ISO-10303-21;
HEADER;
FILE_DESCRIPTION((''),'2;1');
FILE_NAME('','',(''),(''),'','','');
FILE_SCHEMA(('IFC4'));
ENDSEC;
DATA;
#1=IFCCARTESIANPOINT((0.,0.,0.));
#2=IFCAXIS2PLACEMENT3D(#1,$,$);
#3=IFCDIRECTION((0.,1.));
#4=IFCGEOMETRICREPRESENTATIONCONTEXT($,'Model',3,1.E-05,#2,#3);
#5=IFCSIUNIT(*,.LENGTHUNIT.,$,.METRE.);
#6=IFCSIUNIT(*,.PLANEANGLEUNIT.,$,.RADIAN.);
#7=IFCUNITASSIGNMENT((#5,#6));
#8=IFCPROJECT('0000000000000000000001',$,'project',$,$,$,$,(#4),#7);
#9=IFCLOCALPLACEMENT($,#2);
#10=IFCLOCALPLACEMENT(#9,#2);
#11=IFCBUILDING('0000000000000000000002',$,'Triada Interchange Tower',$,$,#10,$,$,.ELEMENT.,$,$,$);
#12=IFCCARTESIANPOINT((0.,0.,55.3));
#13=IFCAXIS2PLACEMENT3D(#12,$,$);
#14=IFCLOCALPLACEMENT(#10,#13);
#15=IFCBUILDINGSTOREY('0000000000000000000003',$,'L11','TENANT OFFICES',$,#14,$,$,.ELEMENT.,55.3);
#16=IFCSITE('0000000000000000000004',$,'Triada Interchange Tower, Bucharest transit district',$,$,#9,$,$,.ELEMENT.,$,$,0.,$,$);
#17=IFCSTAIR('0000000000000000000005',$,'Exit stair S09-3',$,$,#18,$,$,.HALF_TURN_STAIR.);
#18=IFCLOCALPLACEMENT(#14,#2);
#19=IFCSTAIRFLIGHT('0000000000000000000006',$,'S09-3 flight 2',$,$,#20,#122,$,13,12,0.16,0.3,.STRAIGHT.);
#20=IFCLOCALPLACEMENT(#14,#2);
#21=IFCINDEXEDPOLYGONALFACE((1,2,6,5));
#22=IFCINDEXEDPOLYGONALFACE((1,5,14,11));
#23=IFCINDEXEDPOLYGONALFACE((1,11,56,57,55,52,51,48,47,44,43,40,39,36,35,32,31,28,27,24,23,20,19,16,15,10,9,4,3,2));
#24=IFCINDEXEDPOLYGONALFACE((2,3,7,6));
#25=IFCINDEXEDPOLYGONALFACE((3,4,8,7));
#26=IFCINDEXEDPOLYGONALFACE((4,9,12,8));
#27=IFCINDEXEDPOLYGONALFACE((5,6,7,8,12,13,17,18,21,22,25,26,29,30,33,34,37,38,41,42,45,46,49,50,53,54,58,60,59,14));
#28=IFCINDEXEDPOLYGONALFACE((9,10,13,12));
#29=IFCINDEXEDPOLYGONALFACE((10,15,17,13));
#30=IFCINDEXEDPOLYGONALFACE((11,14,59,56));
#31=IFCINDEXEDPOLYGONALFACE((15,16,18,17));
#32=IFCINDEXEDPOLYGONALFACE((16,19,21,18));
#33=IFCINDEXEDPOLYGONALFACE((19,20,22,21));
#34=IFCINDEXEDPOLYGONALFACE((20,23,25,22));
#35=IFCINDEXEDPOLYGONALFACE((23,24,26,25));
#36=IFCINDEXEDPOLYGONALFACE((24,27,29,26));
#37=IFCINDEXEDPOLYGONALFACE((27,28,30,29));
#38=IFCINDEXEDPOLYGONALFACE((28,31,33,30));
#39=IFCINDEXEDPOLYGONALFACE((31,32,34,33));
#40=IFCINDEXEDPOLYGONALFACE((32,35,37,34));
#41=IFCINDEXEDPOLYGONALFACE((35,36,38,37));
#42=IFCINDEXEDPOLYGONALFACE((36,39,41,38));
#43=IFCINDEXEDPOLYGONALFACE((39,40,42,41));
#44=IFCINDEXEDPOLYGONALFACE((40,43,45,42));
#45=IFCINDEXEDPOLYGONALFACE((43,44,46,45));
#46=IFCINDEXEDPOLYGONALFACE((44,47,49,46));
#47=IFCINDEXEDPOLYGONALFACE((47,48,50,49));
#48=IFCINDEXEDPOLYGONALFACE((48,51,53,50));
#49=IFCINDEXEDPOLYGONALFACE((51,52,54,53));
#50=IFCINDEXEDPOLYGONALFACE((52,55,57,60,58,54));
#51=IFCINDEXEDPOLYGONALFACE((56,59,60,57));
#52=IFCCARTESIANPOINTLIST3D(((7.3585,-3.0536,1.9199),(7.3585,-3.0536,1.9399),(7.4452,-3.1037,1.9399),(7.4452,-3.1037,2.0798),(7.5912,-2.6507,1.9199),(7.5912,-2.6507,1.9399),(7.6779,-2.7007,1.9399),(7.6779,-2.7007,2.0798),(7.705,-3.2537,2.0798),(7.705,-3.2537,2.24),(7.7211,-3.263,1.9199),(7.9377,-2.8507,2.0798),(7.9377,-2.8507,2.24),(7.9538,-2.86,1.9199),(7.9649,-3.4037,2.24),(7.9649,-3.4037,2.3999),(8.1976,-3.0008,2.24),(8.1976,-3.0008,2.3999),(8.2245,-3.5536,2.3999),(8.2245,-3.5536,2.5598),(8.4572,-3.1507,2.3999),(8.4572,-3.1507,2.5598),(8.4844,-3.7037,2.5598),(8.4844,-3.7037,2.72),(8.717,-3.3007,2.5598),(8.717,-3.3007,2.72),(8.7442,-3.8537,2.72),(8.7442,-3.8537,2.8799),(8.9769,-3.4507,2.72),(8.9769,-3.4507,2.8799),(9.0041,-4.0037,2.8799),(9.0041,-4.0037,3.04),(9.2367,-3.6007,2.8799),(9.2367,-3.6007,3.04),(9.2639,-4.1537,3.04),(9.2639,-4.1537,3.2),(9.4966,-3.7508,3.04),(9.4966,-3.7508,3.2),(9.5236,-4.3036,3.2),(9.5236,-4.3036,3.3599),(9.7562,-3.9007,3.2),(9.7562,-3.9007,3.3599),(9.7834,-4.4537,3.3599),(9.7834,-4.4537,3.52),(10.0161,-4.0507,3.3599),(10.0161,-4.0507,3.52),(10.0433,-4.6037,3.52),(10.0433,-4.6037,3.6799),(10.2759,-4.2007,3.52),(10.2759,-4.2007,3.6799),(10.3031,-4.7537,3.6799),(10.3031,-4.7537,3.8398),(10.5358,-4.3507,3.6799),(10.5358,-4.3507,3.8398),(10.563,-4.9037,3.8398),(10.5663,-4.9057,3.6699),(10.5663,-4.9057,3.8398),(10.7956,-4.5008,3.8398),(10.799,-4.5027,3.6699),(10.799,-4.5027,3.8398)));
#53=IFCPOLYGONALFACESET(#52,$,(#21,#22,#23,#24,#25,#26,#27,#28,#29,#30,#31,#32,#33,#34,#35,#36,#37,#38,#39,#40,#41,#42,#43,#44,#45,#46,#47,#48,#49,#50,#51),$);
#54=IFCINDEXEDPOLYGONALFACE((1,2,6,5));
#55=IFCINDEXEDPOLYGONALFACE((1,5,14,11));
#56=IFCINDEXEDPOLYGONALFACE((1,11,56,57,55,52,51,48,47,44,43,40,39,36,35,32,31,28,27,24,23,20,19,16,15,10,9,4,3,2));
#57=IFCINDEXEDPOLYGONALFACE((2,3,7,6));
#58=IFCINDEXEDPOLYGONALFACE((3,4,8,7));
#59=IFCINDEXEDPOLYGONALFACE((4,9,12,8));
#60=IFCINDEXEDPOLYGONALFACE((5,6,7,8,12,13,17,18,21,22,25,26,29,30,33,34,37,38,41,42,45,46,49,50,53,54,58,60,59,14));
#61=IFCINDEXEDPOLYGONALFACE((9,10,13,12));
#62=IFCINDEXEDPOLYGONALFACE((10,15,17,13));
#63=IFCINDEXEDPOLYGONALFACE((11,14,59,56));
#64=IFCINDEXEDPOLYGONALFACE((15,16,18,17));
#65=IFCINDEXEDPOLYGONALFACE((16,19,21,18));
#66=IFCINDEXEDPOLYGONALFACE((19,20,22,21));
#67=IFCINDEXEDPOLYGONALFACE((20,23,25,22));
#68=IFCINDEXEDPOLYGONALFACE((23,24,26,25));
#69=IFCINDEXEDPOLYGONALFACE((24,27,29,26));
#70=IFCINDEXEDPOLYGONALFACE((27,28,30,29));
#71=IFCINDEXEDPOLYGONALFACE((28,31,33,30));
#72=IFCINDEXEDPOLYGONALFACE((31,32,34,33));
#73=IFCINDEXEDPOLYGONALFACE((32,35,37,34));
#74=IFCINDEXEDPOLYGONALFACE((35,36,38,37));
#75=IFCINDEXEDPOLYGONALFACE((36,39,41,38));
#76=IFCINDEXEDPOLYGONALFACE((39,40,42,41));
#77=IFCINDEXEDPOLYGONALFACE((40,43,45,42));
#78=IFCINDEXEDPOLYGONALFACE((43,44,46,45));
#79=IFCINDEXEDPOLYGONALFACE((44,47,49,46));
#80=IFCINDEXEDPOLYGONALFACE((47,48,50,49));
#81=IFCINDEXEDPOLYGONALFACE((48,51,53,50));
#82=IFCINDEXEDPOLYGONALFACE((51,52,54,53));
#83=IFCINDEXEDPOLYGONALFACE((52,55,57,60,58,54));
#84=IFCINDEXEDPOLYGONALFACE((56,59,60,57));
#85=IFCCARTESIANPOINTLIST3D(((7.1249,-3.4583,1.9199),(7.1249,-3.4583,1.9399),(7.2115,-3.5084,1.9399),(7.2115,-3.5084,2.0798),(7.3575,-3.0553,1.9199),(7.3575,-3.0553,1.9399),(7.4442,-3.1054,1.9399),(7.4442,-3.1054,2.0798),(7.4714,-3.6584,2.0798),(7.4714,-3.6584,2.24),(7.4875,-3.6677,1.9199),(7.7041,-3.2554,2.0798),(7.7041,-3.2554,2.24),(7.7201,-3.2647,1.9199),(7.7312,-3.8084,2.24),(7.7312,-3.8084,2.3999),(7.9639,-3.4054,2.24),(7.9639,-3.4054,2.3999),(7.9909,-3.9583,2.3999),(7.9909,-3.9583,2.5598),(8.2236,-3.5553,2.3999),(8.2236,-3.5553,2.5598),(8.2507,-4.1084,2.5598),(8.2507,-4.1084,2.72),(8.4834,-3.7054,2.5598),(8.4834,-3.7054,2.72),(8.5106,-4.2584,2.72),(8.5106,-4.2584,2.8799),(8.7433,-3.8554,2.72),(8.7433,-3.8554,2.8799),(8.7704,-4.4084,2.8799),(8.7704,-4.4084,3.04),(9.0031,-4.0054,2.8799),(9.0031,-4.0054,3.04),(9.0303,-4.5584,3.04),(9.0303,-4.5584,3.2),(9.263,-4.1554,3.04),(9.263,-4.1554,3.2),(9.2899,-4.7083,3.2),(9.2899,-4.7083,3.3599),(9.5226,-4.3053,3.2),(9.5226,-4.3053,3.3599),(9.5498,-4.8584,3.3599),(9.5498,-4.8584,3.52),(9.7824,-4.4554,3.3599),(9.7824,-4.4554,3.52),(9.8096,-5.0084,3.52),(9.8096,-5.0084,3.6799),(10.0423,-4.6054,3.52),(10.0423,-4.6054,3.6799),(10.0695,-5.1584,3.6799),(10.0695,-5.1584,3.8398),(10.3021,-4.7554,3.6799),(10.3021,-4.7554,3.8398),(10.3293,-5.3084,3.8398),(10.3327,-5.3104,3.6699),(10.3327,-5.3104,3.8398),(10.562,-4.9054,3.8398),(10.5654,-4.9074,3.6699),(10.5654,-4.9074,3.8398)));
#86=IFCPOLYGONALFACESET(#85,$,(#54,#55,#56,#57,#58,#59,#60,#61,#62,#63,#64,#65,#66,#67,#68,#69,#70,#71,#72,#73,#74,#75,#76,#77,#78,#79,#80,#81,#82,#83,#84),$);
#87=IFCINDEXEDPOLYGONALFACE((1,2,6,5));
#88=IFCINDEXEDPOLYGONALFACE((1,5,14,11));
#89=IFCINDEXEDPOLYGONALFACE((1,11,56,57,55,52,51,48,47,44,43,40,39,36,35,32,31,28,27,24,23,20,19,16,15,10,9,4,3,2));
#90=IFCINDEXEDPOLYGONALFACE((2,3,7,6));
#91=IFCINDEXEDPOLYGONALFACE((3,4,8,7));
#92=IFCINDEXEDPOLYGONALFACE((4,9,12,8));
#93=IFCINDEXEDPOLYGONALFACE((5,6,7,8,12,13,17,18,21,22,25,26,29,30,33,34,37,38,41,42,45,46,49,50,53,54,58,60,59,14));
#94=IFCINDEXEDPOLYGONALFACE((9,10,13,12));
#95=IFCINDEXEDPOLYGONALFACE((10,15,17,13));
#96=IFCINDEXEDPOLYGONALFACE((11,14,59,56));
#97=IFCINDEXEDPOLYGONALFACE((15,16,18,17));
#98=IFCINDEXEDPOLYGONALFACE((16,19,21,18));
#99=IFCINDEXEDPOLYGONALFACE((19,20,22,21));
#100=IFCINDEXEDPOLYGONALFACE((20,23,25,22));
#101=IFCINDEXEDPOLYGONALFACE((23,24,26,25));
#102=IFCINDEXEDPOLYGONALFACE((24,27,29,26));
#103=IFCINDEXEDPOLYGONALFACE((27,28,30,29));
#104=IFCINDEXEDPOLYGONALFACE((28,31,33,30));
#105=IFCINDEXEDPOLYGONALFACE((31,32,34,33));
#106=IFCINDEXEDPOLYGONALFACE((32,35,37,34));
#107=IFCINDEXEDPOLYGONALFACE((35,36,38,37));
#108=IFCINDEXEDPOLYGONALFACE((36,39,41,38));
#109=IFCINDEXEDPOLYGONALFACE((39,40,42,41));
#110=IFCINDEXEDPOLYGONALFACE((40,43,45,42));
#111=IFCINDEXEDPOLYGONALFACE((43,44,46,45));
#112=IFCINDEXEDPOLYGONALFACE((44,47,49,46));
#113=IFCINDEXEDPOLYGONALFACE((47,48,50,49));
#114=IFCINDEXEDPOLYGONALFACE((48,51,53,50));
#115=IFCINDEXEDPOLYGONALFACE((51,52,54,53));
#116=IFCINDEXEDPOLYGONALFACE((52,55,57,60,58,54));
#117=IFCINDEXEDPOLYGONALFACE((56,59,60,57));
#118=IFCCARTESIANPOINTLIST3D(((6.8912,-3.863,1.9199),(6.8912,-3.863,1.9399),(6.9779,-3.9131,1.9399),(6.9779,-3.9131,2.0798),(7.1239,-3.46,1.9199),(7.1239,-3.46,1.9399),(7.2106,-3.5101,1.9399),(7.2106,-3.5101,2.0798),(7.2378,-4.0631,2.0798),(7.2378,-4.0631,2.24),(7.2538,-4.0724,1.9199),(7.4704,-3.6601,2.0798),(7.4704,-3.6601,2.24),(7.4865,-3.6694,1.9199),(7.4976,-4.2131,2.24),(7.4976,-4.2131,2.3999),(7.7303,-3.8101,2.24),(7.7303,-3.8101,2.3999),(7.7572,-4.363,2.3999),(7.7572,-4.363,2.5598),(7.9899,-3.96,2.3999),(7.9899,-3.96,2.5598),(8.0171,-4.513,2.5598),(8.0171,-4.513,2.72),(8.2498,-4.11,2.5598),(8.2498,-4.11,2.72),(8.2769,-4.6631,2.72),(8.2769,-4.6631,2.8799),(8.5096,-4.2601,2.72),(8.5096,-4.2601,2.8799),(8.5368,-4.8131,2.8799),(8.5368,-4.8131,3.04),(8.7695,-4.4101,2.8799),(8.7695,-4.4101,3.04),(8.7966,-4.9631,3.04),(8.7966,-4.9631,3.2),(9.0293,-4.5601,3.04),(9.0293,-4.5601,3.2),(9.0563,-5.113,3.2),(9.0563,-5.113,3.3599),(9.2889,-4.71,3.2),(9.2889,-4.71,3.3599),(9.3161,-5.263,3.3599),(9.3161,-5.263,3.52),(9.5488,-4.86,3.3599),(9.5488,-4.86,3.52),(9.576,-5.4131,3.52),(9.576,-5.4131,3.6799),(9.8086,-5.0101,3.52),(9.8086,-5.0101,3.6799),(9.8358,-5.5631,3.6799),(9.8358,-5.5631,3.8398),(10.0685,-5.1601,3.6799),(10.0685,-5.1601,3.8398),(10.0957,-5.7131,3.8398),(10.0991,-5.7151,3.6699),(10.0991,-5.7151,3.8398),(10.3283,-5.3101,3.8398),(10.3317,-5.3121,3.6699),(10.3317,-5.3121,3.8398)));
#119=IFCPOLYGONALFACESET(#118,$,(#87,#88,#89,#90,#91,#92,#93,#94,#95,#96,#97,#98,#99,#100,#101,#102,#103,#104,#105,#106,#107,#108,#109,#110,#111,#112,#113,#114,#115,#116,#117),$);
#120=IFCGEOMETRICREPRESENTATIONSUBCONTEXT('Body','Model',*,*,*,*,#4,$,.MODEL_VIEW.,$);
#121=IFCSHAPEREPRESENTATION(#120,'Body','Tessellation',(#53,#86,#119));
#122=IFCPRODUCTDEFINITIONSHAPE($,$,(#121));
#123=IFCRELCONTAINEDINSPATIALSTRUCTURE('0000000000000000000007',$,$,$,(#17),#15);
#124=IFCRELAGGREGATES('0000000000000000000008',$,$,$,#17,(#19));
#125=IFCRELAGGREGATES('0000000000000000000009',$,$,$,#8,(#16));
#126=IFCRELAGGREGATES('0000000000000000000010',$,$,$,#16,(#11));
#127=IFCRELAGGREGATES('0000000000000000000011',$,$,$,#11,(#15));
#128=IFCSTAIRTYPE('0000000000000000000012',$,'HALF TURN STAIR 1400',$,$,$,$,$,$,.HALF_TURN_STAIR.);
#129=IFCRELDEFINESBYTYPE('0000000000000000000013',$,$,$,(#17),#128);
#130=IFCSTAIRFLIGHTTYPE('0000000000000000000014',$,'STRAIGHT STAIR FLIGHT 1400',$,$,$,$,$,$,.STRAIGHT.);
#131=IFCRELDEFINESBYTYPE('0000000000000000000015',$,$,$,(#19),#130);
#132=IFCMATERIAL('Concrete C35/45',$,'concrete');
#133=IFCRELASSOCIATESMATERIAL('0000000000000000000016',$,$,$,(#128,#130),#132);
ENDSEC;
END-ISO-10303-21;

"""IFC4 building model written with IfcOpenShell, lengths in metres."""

from ifc_helpers import new_model, si_unit, direction, frame, origin, place, context, subcontext, project, spatial, polyline, outline, extrude, material, type_object, element, aggregate, save


model = new_model("IFC4")

# Units and contexts
model_context = context("Model", 3, precision=1e-05, world=origin(), true_north=direction((0.0, 1.0)))
body_context = subcontext(model_context, "Body", "Model", "MODEL_VIEW")
ifc_project = project(units=[si_unit("LENGTHUNIT", "METRE"), si_unit("PLANEANGLEUNIT", "RADIAN")], contexts=[model_context])

# Site, building, storey
site_placement = place(None, origin())
site = spatial("IfcSite", under=ifc_project, at=site_placement, Name="Triada Interchange Tower, Bucharest transit district", CompositionType="ELEMENT", RefElevation=0.0)
building_placement = place(site_placement, origin())
building = spatial("IfcBuilding", under=site, at=building_placement, Name="Triada Interchange Tower", CompositionType="ELEMENT")
storey_placement = place(building_placement, frame((0.0, 0.0, 55.3)))
storey = spatial("IfcBuildingStorey", under=building, at=storey_placement, Name="L11", Description="TENANT OFFICES", CompositionType="ELEMENT", Elevation=55.3)

# Stair, stair flight
ifc_material_1 = material(Name="Concrete C35/45", Category="concrete")
stair_type = type_object("IfcStairType", Name="HALF TURN STAIR 1400", PredefinedType="HALF_TURN_STAIR", material=ifc_material_1)
stair_placement = place(storey_placement, origin())
stair = element("IfcStair", 1, at=stair_placement, inside=storey, type_object=stair_type, Name="Exit stair S09-3", PredefinedType="HALF_TURN_STAIR")
stair_flight_type = type_object("IfcStairFlightType", Name="STRAIGHT STAIR FLIGHT 1400", PredefinedType="STRAIGHT", material=ifc_material_1)
stair_flight_1_placement = place(storey_placement, frame((7.3279, -3.3069, 1.9199), z_axis=(0.0, 0.0, 1.0), x_axis=(0.866025, -0.5, 0.0)))
stair_flight_1 = element("IfcStairFlight", 2, at=stair_flight_1_placement, type_object=stair_flight_type, Name="S09-3 flight 2", NumberOfRisers=13, NumberOfTreads=12, PredefinedType="STRAIGHT", RiserHeight=0.16, TreadLength=0.3, context=body_context, shape_type="SweptSolid", body=[
    extrude(outline(polyline([(-0.1001, 0.0), (-0.1001, 0.02), (0.0, 0.02), (0.0, 0.1599), (0.3, 0.1599), (0.3, 0.3201), (0.6001, 0.3201), (0.6001, 0.48), (0.8999, 0.48), (0.8999, 0.6399), (1.2, 0.6399), (1.2, 0.8), (1.5, 0.8), (1.5, 0.96), (1.8, 0.96), (1.8, 1.1201), (2.1001, 1.1201), (2.1001, 1.28), (2.3999, 1.28), (2.3999, 1.4399), (2.7, 1.4399), (2.7, 1.6001), (3.0, 1.6001), (3.0, 1.76), (3.3, 1.76), (3.3, 1.9199), (3.6001, 1.9199), (3.604, 1.9199), (3.604, 2.0801), (3.604, 1.75), (0.3186, 0.0), (-0.1001, 0.0)])), frame((0.0, 0.7, 0.0), z_axis=(0.0, -1.0, 0.0), x_axis=(1.0, 0.0, 0.0)), (0.0, 0.0, 1.0), 0.4653),
    extrude(outline(polyline([(-0.1001, 0.0), (-0.1001, 0.02), (0.0, 0.02), (0.0, 0.1599), (0.3, 0.1599), (0.3, 0.3201), (0.6001, 0.3201), (0.6001, 0.48), (0.8999, 0.48), (0.8999, 0.6399), (1.2, 0.6399), (1.2, 0.8), (1.5, 0.8), (1.5, 0.96), (1.8, 0.96), (1.8, 1.1201), (2.1001, 1.1201), (2.1001, 1.28), (2.3999, 1.28), (2.3999, 1.4399), (2.7, 1.4399), (2.7, 1.6001), (3.0, 1.6001), (3.0, 1.76), (3.3, 1.76), (3.3, 1.9199), (3.6001, 1.9199), (3.604, 1.9199), (3.604, 2.0801), (3.604, 1.75), (0.3186, 0.0), (-0.1001, 0.0)])), frame((0.0, 0.2327, 0.0), z_axis=(0.0, -1.0, 0.0), x_axis=(1.0, 0.0, 0.0)), (0.0, 0.0, 1.0), 0.4653),
    extrude(outline(polyline([(-0.1001, 0.0), (-0.1001, 0.02), (0.0, 0.02), (0.0, 0.1599), (0.3, 0.1599), (0.3, 0.3201), (0.6001, 0.3201), (0.6001, 0.48), (0.8999, 0.48), (0.8999, 0.6399), (1.2, 0.6399), (1.2, 0.8), (1.5, 0.8), (1.5, 0.96), (1.8, 0.96), (1.8, 1.1201), (2.1001, 1.1201), (2.1001, 1.28), (2.3999, 1.28), (2.3999, 1.4399), (2.7, 1.4399), (2.7, 1.6001), (3.0, 1.6001), (3.0, 1.76), (3.3, 1.76), (3.3, 1.9199), (3.6001, 1.9199), (3.604, 1.9199), (3.604, 2.0801), (3.604, 1.75), (0.3186, 0.0), (-0.1001, 0.0)])), frame((0.0, -0.2346, 0.0), z_axis=(0.0, -1.0, 0.0), x_axis=(1.0, 0.0, 0.0)), (0.0, 0.0, 1.0), 0.4653),
])
aggregate(stair, [stair_flight_1])

save(model, "model.ifc")
